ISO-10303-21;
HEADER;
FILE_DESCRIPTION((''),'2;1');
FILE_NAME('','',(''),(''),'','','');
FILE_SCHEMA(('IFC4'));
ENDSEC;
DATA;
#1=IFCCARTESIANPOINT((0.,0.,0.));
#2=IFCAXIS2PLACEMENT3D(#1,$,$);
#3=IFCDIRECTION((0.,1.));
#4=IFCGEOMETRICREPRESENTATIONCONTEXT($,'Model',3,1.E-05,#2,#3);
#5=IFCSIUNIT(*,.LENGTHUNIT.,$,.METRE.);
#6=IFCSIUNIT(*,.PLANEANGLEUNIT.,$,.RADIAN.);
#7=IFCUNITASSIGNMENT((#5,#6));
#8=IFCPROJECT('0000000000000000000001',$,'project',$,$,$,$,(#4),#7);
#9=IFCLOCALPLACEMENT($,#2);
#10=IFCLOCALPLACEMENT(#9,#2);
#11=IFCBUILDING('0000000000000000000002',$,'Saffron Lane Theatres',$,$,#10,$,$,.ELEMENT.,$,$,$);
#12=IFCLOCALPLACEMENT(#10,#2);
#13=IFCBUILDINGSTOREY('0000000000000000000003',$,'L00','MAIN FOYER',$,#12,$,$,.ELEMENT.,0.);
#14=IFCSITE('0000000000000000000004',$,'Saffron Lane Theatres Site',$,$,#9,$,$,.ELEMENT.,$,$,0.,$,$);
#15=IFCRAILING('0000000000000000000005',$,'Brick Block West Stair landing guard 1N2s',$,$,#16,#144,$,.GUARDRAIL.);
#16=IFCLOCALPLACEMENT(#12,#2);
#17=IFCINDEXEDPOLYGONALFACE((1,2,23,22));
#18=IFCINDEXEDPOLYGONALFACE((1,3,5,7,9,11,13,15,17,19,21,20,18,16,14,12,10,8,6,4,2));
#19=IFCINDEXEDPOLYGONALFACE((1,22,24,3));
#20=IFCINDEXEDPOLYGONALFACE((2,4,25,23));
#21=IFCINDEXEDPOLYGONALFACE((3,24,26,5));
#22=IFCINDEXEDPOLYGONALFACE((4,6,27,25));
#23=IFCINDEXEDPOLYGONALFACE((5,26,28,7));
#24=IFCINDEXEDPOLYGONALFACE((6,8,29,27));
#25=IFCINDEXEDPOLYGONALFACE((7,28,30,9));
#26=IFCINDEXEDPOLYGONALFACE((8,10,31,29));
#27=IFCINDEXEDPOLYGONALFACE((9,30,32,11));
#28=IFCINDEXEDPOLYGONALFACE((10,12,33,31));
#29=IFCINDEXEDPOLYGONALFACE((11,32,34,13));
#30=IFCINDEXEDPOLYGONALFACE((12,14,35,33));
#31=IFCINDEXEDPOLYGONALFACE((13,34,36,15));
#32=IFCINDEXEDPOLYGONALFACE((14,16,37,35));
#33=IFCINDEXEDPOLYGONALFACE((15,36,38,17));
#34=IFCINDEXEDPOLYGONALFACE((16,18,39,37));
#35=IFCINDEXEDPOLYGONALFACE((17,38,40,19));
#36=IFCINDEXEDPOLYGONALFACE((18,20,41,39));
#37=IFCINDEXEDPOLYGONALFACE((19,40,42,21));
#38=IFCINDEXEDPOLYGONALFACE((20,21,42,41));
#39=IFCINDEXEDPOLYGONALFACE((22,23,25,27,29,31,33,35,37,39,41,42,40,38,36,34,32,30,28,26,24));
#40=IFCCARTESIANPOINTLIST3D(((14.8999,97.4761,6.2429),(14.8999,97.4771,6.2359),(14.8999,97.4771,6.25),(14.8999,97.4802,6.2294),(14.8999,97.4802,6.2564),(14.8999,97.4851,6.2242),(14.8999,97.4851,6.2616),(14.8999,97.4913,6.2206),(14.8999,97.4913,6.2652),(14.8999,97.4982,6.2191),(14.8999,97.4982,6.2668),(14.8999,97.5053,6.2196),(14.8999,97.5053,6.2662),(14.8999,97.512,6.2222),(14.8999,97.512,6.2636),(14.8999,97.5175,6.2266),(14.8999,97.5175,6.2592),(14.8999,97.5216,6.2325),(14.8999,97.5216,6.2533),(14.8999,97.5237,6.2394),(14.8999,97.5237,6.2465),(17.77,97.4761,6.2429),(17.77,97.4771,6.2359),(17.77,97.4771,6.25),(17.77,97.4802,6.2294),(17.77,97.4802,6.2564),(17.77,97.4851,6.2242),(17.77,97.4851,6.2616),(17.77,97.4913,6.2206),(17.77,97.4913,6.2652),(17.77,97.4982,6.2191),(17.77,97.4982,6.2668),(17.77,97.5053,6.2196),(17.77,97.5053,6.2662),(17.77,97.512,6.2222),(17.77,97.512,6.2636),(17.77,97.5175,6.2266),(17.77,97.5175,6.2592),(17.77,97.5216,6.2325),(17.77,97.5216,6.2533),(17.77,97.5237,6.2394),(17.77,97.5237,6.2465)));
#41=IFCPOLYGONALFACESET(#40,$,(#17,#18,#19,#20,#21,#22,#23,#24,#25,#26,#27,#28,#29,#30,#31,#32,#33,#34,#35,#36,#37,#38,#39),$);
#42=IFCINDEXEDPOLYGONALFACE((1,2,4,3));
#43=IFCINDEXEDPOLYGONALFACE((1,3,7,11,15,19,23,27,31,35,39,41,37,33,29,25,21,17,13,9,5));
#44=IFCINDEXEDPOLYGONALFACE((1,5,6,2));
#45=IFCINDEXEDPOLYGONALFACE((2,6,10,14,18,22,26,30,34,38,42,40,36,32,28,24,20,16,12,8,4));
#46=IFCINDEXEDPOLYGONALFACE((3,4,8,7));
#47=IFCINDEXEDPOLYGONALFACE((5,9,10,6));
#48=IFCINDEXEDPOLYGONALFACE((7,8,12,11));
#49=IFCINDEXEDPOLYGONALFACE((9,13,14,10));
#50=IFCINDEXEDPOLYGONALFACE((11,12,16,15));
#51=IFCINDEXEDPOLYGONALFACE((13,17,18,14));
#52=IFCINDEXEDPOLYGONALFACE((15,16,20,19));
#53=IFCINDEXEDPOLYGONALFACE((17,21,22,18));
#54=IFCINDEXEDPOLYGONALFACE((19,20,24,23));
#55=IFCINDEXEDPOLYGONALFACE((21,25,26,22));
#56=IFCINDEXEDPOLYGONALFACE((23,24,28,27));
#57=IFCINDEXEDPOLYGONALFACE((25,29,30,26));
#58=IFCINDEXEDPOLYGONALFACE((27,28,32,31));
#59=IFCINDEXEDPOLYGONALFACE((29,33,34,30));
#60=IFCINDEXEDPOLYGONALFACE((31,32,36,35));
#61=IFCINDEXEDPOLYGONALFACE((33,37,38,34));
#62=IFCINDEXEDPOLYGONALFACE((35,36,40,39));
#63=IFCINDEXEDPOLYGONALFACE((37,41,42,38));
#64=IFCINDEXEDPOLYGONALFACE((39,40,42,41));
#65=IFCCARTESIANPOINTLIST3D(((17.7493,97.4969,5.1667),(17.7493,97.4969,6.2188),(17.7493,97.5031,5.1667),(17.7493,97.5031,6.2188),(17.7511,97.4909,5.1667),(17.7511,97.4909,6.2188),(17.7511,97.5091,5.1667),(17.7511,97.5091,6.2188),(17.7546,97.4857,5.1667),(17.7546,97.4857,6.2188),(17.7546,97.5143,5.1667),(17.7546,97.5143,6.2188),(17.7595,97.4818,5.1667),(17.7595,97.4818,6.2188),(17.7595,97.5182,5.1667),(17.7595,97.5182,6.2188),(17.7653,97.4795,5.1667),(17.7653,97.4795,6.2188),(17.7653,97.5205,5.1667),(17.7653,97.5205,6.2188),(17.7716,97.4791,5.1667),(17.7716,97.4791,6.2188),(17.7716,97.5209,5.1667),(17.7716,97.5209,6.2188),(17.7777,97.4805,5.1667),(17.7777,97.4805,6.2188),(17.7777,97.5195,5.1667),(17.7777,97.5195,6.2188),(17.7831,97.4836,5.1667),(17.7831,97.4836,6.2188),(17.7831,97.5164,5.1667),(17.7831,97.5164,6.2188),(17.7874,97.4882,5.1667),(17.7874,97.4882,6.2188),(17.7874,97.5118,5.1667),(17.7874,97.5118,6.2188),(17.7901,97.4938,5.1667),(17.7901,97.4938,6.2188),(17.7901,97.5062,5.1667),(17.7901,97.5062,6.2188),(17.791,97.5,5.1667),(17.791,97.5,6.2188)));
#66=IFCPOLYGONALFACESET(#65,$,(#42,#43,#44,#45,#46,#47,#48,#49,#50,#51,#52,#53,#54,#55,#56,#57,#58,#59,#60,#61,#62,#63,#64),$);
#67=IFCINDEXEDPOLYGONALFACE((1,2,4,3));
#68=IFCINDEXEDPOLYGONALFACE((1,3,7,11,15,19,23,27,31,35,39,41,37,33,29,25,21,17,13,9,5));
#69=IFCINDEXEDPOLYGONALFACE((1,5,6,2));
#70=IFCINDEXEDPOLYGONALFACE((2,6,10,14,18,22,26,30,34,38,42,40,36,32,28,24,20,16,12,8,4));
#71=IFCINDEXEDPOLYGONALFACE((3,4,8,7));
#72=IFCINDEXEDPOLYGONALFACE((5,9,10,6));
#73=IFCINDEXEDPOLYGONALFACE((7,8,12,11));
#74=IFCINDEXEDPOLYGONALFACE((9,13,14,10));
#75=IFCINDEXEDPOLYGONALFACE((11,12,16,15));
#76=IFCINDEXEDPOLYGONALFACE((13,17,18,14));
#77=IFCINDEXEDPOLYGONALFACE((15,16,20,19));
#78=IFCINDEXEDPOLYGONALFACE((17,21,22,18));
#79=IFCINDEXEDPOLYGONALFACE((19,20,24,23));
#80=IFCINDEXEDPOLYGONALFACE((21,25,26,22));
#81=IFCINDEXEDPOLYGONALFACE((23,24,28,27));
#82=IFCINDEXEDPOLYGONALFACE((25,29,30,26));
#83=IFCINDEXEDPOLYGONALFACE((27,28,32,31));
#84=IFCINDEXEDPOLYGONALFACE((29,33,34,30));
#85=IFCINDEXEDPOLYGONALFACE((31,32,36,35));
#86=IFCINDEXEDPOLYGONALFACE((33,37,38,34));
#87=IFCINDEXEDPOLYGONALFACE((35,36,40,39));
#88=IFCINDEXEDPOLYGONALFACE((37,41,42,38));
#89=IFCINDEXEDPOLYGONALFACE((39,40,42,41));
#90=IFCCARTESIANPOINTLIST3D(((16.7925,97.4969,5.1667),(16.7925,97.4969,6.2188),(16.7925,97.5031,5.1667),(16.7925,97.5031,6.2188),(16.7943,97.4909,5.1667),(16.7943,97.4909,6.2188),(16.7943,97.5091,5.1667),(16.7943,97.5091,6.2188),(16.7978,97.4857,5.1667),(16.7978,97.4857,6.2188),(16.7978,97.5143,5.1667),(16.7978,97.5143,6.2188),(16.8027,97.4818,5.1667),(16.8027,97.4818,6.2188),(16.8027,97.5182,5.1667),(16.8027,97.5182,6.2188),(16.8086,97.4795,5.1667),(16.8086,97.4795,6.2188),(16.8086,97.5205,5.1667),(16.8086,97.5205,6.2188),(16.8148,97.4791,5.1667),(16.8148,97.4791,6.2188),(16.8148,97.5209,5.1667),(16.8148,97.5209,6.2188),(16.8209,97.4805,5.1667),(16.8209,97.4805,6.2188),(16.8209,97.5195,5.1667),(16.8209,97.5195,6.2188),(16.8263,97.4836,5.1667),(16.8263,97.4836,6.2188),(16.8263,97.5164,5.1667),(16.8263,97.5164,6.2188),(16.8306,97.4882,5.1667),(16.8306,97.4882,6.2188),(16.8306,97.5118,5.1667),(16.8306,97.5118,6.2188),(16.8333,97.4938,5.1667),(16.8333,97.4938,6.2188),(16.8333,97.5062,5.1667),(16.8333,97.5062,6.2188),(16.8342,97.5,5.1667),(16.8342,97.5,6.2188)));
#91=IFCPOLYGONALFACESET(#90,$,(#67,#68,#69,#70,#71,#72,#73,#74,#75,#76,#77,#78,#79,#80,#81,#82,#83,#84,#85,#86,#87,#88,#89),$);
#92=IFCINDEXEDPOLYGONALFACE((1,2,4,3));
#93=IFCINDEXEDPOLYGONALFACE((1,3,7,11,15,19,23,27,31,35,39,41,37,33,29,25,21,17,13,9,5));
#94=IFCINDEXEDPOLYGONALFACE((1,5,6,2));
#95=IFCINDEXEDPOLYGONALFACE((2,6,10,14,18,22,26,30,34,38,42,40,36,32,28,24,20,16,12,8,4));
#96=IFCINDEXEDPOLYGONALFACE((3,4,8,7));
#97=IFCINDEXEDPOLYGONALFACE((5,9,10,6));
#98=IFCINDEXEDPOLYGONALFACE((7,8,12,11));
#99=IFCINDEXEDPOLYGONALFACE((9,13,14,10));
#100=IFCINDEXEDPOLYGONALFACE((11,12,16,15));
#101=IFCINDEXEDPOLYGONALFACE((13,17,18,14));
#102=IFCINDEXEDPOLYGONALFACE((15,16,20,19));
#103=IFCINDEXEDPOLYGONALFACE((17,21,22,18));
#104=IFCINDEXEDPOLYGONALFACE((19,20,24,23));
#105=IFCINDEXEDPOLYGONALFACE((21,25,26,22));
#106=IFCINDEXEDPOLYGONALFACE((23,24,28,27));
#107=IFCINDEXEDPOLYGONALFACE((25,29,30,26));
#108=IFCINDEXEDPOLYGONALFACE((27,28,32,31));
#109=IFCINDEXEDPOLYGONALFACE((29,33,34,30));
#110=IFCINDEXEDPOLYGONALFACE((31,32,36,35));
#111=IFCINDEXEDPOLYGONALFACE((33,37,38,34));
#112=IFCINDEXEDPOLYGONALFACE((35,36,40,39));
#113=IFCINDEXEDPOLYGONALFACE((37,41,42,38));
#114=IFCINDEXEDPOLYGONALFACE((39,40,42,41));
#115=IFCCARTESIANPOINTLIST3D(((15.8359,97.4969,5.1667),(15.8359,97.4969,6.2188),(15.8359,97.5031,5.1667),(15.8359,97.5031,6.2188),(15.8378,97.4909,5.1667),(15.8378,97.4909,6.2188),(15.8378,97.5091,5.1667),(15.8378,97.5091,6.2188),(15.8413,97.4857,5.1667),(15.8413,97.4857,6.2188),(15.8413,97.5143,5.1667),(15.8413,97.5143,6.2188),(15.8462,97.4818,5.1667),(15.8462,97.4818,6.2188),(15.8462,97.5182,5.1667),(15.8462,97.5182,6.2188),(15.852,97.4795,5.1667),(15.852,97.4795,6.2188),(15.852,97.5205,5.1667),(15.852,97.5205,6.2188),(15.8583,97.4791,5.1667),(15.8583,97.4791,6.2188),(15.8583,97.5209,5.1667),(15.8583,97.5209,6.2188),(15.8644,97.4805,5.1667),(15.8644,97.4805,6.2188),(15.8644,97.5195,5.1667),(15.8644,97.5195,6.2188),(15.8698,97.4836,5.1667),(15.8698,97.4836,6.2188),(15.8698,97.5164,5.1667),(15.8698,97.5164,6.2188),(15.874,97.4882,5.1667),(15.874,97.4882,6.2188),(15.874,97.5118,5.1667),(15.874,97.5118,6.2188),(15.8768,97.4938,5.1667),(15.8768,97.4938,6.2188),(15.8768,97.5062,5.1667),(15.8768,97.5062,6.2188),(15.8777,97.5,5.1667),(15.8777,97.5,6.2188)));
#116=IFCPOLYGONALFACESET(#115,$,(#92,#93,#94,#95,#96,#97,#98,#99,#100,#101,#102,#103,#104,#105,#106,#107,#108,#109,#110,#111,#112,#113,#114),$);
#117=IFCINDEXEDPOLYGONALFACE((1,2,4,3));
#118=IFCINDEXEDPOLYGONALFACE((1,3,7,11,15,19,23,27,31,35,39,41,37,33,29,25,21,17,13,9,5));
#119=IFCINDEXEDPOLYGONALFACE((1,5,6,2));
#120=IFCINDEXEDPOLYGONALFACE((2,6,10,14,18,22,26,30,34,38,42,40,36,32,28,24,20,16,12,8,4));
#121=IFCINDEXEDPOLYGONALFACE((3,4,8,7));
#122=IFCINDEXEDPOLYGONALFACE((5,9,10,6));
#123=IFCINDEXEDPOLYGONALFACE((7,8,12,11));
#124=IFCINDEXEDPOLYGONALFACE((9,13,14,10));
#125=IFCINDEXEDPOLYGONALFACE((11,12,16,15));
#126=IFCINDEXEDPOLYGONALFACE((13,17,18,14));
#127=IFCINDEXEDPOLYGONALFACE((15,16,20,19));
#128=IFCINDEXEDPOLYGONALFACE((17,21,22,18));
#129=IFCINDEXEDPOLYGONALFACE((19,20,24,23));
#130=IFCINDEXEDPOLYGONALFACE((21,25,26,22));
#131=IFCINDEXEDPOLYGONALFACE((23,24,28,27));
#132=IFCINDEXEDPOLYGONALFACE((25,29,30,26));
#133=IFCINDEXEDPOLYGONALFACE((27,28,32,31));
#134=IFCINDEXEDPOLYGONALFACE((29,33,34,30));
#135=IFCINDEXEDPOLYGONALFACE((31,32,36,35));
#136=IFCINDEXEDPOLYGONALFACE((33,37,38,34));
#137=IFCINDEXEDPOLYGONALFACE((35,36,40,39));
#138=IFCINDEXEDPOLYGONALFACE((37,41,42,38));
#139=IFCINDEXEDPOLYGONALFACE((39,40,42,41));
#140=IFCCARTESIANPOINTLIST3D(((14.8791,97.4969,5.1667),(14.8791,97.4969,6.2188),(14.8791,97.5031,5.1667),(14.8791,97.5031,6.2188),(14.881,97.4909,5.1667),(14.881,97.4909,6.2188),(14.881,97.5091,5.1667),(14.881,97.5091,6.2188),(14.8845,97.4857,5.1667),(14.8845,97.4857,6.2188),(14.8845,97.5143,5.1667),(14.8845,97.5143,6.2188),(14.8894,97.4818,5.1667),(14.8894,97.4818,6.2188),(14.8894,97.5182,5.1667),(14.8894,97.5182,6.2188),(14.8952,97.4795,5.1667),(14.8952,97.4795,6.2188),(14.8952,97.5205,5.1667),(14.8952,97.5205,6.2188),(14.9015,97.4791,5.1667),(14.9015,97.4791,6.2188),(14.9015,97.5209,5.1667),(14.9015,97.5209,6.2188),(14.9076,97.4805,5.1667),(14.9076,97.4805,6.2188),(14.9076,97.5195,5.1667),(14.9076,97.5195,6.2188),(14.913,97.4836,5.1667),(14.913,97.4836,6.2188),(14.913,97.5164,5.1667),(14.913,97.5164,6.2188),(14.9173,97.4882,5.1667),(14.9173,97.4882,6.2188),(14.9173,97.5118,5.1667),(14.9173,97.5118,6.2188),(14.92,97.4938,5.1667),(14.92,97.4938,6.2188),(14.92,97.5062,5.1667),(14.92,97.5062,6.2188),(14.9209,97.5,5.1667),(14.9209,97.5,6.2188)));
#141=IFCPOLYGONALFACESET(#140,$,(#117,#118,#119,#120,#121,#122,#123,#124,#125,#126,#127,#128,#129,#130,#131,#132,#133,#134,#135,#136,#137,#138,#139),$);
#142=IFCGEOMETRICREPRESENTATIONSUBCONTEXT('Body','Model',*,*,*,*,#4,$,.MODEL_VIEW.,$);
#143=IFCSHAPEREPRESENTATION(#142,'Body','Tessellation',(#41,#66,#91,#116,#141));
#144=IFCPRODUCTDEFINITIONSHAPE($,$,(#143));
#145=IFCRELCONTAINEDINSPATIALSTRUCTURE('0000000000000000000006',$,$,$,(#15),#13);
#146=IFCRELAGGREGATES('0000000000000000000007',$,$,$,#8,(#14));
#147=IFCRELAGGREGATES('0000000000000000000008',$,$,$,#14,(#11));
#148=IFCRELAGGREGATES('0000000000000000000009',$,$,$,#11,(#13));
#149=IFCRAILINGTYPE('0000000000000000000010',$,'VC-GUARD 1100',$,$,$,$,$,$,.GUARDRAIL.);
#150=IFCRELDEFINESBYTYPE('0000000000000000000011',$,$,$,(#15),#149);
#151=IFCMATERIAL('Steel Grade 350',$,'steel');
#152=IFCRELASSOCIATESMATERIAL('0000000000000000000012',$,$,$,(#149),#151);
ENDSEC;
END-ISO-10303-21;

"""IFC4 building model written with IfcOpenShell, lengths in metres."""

from ifc_helpers import new_model, si_unit, direction, frame, origin, origin_2d, place, context, subcontext, project, spatial, circle, extrude, material, type_object, element, save


model = new_model("IFC4")

# Units and contexts
model_context = context("Model", 3, precision=1e-05, world=origin(), true_north=direction((0.0, 1.0)))
body_context = subcontext(model_context, "Body", "Model", "MODEL_VIEW")
ifc_project = project(units=[si_unit("LENGTHUNIT", "METRE"), si_unit("PLANEANGLEUNIT", "RADIAN")], contexts=[model_context])

# Site, building, storey
site_placement = place(None, origin())
site = spatial("IfcSite", under=ifc_project, at=site_placement, Name="Saffron Lane Theatres Site", CompositionType="ELEMENT", RefElevation=0.0)
building_placement = place(site_placement, origin())
building = spatial("IfcBuilding", under=site, at=building_placement, Name="Saffron Lane Theatres", CompositionType="ELEMENT")
storey_placement = place(building_placement, origin())
storey = spatial("IfcBuildingStorey", under=building, at=storey_placement, Name="L00", Description="MAIN FOYER", CompositionType="ELEMENT", Elevation=0.0)

# Railing
ifc_material_1 = material(Name="Steel Grade 350", Category="steel")
railing_type_1 = type_object("IfcRailingType", Name="VC-GUARD 1100", PredefinedType="GUARDRAIL", material=ifc_material_1)
railing_1_placement = place(storey_placement, frame((17.77, 97.5, 5.1667)))
element("IfcRailing", 1, at=railing_1_placement, inside=storey, type_object=railing_type_1, Name="Brick Block West Stair landing guard 1N2s", PredefinedType="GUARDRAIL", context=body_context, shape_type="SweptSolid", body=[
    extrude(circle(Radius=0.0239, at=origin_2d()), frame((0.0, 0.0, 1.0762), z_axis=(-1.0, 0.0, 0.0), x_axis=(0.0, -1.0, 0.0)), (0.0, 0.0, 1.0), 2.8701),
    extrude(circle(Radius=0.021, at=origin_2d()), origin(), (0.0, 0.0, 1.0), 1.052),
    extrude(circle(Radius=0.021, at=origin_2d()), frame((-0.9568, 0.0, 0.0)), (0.0, 0.0, 1.0), 1.052),
    extrude(circle(Radius=0.021, at=origin_2d()), frame((-1.9133, 0.0, 0.0)), (0.0, 0.0, 1.0), 1.052),
    extrude(circle(Radius=0.021, at=origin_2d()), frame((-2.8701, 0.0, 0.0)), (0.0, 0.0, 1.0), 1.052),
])

save(model, "model.ifc")
